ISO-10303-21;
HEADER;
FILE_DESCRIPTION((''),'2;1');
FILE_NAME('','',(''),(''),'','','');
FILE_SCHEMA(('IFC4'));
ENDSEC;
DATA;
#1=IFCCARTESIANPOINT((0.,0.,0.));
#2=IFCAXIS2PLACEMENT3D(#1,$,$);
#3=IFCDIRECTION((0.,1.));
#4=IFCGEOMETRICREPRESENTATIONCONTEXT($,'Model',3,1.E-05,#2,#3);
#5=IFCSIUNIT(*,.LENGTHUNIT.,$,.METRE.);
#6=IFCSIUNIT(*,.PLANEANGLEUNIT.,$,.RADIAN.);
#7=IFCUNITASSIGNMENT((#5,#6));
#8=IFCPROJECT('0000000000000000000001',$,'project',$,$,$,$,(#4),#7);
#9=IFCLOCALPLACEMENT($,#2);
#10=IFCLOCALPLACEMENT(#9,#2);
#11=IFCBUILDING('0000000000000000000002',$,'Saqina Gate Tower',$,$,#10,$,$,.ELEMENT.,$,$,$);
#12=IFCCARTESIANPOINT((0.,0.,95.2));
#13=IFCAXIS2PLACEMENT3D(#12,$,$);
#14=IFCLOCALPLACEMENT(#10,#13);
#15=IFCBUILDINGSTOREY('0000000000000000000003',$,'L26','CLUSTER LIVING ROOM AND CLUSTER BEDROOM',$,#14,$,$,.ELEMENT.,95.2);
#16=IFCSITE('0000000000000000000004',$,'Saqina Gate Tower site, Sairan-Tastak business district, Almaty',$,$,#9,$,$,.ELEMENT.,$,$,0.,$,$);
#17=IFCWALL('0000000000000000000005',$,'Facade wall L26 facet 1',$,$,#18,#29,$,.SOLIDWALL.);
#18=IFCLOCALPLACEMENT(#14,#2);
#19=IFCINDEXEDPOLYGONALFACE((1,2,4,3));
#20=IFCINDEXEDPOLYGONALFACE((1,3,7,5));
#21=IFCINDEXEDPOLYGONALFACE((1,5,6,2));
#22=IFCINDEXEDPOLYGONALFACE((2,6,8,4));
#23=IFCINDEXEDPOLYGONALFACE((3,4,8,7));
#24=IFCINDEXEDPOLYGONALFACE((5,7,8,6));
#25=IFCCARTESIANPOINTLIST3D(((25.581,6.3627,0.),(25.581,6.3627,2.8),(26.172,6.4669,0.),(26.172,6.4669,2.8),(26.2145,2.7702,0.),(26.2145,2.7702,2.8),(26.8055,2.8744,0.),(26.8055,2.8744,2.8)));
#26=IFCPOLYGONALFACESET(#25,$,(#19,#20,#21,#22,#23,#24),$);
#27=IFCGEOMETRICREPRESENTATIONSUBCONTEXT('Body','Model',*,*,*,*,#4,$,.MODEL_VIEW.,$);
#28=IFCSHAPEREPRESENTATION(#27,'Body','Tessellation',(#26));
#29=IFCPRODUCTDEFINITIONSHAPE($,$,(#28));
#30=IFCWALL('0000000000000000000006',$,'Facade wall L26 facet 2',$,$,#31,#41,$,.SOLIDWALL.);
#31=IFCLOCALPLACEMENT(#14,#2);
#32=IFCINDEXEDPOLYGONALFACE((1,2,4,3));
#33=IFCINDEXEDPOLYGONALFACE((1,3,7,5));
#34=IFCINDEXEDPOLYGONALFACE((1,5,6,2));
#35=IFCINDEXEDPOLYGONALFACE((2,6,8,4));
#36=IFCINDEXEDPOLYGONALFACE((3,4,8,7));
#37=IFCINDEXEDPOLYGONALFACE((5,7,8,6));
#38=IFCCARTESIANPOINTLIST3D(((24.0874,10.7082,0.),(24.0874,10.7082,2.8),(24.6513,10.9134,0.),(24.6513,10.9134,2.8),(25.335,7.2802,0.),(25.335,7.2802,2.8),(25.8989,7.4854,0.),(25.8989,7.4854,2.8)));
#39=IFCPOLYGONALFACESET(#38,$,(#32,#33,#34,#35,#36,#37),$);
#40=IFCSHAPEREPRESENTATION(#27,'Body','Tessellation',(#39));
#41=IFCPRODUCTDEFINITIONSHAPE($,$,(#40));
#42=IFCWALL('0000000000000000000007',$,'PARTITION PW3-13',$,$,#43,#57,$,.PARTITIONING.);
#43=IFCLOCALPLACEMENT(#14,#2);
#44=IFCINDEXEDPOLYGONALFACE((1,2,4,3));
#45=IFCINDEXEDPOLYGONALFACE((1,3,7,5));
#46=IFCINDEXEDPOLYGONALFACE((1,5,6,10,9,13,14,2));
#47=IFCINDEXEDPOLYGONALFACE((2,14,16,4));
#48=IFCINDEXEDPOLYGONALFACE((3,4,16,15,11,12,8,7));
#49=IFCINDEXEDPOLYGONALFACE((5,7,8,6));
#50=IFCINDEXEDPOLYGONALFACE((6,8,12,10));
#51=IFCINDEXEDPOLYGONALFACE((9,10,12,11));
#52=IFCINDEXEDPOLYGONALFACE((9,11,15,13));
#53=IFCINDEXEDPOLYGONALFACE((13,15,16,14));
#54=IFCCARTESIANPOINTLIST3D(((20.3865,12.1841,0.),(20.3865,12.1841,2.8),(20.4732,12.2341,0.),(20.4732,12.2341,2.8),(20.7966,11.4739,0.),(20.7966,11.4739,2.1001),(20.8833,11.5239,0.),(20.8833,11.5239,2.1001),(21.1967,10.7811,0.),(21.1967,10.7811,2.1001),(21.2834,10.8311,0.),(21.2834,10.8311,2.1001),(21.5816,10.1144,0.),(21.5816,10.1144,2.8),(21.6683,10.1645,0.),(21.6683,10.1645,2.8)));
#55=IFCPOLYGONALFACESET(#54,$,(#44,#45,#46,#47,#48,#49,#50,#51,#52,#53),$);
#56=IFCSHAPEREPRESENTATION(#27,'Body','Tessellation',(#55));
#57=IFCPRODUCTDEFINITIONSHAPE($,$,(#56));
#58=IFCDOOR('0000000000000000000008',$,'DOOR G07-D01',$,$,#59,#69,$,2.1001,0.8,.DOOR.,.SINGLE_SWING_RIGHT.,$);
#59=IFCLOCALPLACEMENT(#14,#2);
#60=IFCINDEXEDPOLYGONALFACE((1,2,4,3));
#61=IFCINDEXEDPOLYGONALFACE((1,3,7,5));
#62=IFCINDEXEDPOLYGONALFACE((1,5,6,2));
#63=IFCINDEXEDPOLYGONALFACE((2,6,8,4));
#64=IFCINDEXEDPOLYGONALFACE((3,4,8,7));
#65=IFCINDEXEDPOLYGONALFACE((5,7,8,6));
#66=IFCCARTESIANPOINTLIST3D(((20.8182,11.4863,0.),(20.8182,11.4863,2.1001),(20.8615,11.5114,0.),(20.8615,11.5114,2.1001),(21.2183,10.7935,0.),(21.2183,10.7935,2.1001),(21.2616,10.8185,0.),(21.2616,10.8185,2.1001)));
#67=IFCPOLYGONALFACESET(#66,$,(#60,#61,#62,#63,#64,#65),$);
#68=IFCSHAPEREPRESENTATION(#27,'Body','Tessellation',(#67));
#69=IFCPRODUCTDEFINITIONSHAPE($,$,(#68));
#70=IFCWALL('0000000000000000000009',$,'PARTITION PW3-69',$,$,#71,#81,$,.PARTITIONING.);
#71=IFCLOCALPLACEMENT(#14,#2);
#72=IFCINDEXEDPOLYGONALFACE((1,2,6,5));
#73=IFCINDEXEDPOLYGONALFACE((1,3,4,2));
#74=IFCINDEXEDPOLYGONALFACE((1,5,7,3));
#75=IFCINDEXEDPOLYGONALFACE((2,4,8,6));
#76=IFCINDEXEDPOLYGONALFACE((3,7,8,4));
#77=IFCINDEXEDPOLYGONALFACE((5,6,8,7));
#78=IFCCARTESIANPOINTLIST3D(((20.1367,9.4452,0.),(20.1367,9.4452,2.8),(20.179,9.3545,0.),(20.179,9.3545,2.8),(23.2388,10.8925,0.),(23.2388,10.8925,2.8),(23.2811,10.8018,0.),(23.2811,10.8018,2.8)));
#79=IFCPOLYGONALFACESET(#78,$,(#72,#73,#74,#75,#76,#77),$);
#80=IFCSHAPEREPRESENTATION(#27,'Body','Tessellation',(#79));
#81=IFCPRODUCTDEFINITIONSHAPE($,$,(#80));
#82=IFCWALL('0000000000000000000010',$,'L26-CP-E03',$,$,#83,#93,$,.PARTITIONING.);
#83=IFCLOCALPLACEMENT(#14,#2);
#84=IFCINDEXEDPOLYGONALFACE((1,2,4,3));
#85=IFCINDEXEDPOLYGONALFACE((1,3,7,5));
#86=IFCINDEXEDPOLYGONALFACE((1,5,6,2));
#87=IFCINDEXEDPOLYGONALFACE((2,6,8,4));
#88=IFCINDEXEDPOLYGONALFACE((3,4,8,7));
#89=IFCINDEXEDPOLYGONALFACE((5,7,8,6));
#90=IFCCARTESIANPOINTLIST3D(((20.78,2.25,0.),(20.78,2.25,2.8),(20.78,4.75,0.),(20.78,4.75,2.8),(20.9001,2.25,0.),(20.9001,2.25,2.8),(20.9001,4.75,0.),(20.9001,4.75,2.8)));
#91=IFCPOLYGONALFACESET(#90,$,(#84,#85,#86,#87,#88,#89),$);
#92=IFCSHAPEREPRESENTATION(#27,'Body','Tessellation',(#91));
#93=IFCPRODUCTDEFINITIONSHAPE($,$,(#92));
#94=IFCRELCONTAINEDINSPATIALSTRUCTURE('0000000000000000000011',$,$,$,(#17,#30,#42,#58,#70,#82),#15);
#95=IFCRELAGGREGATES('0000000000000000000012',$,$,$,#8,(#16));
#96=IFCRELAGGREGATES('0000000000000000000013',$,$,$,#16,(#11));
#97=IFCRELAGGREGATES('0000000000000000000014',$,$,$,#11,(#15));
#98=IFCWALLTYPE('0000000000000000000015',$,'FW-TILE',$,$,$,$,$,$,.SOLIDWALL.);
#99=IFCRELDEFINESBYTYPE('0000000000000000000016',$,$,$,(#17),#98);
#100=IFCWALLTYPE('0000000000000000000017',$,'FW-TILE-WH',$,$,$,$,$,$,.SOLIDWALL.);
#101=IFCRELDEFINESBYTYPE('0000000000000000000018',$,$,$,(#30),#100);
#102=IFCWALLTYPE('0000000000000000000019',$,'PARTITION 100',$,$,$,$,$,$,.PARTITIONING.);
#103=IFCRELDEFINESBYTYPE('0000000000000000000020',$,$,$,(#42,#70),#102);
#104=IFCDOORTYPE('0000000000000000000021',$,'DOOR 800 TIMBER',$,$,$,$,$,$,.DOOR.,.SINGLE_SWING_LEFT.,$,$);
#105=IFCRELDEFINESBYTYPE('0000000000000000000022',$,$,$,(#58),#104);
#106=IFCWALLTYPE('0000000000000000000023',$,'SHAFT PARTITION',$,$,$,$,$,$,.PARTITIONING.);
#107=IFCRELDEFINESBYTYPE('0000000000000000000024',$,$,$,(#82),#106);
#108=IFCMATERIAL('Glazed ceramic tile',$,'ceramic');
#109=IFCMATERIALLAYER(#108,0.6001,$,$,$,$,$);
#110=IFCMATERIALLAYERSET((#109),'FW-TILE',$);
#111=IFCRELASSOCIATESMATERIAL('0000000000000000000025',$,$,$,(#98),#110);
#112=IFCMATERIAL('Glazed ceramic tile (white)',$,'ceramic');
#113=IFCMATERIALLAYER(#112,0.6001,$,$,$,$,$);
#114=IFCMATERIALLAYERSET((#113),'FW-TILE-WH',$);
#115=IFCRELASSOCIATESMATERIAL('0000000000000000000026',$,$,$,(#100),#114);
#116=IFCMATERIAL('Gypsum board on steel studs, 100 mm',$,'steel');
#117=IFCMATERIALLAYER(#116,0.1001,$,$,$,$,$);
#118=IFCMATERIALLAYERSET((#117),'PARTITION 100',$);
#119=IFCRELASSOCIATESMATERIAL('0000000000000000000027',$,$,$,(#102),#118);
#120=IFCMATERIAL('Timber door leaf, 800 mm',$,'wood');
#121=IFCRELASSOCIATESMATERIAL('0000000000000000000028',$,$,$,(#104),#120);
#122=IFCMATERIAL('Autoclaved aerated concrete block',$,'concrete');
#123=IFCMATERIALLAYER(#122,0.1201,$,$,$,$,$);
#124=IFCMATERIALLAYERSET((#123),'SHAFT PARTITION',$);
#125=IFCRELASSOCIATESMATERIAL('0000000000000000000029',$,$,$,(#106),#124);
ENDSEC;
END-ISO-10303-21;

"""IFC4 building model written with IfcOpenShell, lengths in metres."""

from ifc_helpers import new_model, si_unit, direction, frame, frame_2d, origin, place, context, subcontext, project, spatial, rectangle, extrude, material, layer, layer_set, type_object, element, fill, save


model = new_model("IFC4")

# Units and contexts
model_context = context("Model", 3, precision=1e-05, world=origin(), true_north=direction((0.0, 1.0)))
body_context = subcontext(model_context, "Body", "Model", "MODEL_VIEW")
ifc_project = project(units=[si_unit("LENGTHUNIT", "METRE"), si_unit("PLANEANGLEUNIT", "RADIAN")], contexts=[model_context])

# Site, building, storey
site_placement = place(None, origin())
site = spatial("IfcSite", under=ifc_project, at=site_placement, Name="Saqina Gate Tower site, Sairan-Tastak business district, Almaty", CompositionType="ELEMENT", RefElevation=0.0)
building_placement = place(site_placement, origin())
building = spatial("IfcBuilding", under=site, at=building_placement, Name="Saqina Gate Tower", CompositionType="ELEMENT")
storey_placement = place(building_placement, frame((0.0, 0.0, 95.2)))
storey = spatial("IfcBuildingStorey", under=building, at=storey_placement, Name="L26", Description="CLUSTER LIVING ROOM AND CLUSTER BEDROOM", CompositionType="ELEMENT", Elevation=95.2)

# Walls
ifc_material_1 = material(Name="Glazed ceramic tile", Category="ceramic")
ifc_layer_1 = layer(ifc_material_1, 0.6001)
ifc_layer_set_1 = layer_set([ifc_layer_1], Name="FW-TILE")
wall_type_1 = type_object("IfcWallType", Name="FW-TILE", PredefinedType="SOLIDWALL", material=ifc_layer_set_1)
wall_1_placement = place(storey_placement, frame((26.51, 2.8223, 0.0), z_axis=(0.0, 0.0, 1.0), x_axis=(-0.173671, 0.984804, 0.0)))
element("IfcWall", 1, at=wall_1_placement, inside=storey, type_object=wall_type_1, Name="Facade wall L26 facet 1", PredefinedType="SOLIDWALL", context=body_context, shape_type="SweptSolid", body=[
    extrude(rectangle(XDim=3.6479, YDim=0.6001, at=frame_2d((1.824, 0.0))), origin(), (0.0, 0.0, 1.0), 2.8),
])
ifc_material_2 = material(Name="Glazed ceramic tile (white)", Category="ceramic")
ifc_layer_2 = layer(ifc_material_2, 0.6001)
ifc_layer_set_2 = layer_set([ifc_layer_2], Name="FW-TILE-WH")
wall_type_2 = type_object("IfcWallType", Name="FW-TILE-WH", PredefinedType="SOLIDWALL", material=ifc_layer_set_2)
wall_2_placement = place(storey_placement, frame((25.6169, 7.3828, 0.0), z_axis=(0.0, 0.0, 1.0), x_axis=(-0.34199, 0.939704, 0.0)))
element("IfcWall", 2, at=wall_2_placement, inside=storey, type_object=wall_type_2, Name="Facade wall L26 facet 2", PredefinedType="SOLIDWALL", context=body_context, shape_type="SweptSolid", body=[
    extrude(rectangle(XDim=3.6479, YDim=0.6001, at=frame_2d((1.824, 0.0))), origin(), (0.0, 0.0, 1.0), 2.8),
])

# Wall, opening, door
ifc_material_3 = material(Name="Gypsum board on steel studs, 100 mm", Category="steel")
ifc_layer_3 = layer(ifc_material_3, 0.1001)
ifc_layer_set_3 = layer_set([ifc_layer_3], Name="PARTITION 100")
wall_type_3 = type_object("IfcWallType", Name="PARTITION 100", PredefinedType="PARTITIONING", material=ifc_layer_set_3)
wall_3_placement = place(storey_placement, frame((20.4299, 12.209, 0.0), z_axis=(0.0, 0.0, 1.0), x_axis=(0.500061, -0.86599, 0.0)))
wall_3 = element("IfcWall", 3, at=wall_3_placement, inside=storey, type_object=wall_type_3, Name="PARTITION PW3-13", PredefinedType="PARTITIONING", context=body_context, shape_type="SweptSolid", body=[
    extrude(rectangle(XDim=2.3899, YDim=0.1001, at=frame_2d((1.1948, 0.0))), origin(), (0.0, 0.0, 1.0), 2.8),
])
opening_1_placement = place(wall_3_placement, frame((0.8201, 0.0, 0.0)))
opening_1 = element("IfcOpeningElement", 4, at=opening_1_placement, cuts=wall_3, PredefinedType="OPENING", context=body_context, shape_type="SweptSolid", body=[
    extrude(rectangle(XDim=0.8, YDim=2.1001, at=frame_2d((0.3999, 1.05))), frame((0.0, 0.062, 0.0), z_axis=(0.0, -1.0, 0.0), x_axis=(1.0, 0.0, 0.0)), (0.0, 0.0, 1.0), 0.124),
])
ifc_material_4 = material(Name="Timber door leaf, 800 mm", Category="wood")
door_type_1 = type_object("IfcDoorType", Name="DOOR 800 TIMBER", OperationType="SINGLE_SWING_LEFT", PredefinedType="DOOR", material=ifc_material_4)
door_1_placement = place(opening_1_placement, origin())
door_1 = element("IfcDoor", 5, at=door_1_placement, inside=storey, type_object=door_type_1, Name="DOOR G07-D01", OperationType="SINGLE_SWING_RIGHT", OverallHeight=2.1001, OverallWidth=0.8, PredefinedType="DOOR", context=body_context, shape_type="SweptSolid", body=[
    extrude(rectangle(XDim=0.8, YDim=2.1001, at=frame_2d((0.3999, 1.05))), frame((0.0, 0.0249, 0.0), z_axis=(0.0, -1.0, 0.0), x_axis=(1.0, 0.0, 0.0)), (0.0, 0.0, 1.0), 0.05),
])
fill(opening_1, door_1)

# Walls
wall_4_placement = place(storey_placement, frame((20.158, 9.3999, 0.0), z_axis=(0.0, 0.0, 1.0), x_axis=(0.906223, 0.4228, 0.0)))
element("IfcWall", 6, at=wall_4_placement, inside=storey, type_object=wall_type_3, Name="PARTITION PW3-69", PredefinedType="PARTITIONING", context=body_context, shape_type="SweptSolid", body=[
    extrude(rectangle(XDim=3.4231, YDim=0.1001, at=frame_2d((1.7114, 0.0))), origin(), (0.0, 0.0, 1.0), 2.8),
])
ifc_material_5 = material(Name="Autoclaved aerated concrete block", Category="concrete")
ifc_layer_4 = layer(ifc_material_5, 0.1201)
ifc_layer_set_4 = layer_set([ifc_layer_4], Name="SHAFT PARTITION")
wall_type_4 = type_object("IfcWallType", Name="SHAFT PARTITION", PredefinedType="PARTITIONING", material=ifc_layer_set_4)
wall_5_placement = place(storey_placement, frame((20.8401, 2.25, 0.0), z_axis=(0.0, 0.0, 1.0), x_axis=(0.0, 1.0, 0.0)))
element("IfcWall", 7, at=wall_5_placement, inside=storey, type_object=wall_type_4, Name="L26-CP-E03", PredefinedType="PARTITIONING", context=body_context, shape_type="SweptSolid", body=[
    extrude(rectangle(XDim=2.5, YDim=0.1201, at=frame_2d((1.25, 0.0))), origin(), (0.0, 0.0, 1.0), 2.8),
])

save(model, "model.ifc")
